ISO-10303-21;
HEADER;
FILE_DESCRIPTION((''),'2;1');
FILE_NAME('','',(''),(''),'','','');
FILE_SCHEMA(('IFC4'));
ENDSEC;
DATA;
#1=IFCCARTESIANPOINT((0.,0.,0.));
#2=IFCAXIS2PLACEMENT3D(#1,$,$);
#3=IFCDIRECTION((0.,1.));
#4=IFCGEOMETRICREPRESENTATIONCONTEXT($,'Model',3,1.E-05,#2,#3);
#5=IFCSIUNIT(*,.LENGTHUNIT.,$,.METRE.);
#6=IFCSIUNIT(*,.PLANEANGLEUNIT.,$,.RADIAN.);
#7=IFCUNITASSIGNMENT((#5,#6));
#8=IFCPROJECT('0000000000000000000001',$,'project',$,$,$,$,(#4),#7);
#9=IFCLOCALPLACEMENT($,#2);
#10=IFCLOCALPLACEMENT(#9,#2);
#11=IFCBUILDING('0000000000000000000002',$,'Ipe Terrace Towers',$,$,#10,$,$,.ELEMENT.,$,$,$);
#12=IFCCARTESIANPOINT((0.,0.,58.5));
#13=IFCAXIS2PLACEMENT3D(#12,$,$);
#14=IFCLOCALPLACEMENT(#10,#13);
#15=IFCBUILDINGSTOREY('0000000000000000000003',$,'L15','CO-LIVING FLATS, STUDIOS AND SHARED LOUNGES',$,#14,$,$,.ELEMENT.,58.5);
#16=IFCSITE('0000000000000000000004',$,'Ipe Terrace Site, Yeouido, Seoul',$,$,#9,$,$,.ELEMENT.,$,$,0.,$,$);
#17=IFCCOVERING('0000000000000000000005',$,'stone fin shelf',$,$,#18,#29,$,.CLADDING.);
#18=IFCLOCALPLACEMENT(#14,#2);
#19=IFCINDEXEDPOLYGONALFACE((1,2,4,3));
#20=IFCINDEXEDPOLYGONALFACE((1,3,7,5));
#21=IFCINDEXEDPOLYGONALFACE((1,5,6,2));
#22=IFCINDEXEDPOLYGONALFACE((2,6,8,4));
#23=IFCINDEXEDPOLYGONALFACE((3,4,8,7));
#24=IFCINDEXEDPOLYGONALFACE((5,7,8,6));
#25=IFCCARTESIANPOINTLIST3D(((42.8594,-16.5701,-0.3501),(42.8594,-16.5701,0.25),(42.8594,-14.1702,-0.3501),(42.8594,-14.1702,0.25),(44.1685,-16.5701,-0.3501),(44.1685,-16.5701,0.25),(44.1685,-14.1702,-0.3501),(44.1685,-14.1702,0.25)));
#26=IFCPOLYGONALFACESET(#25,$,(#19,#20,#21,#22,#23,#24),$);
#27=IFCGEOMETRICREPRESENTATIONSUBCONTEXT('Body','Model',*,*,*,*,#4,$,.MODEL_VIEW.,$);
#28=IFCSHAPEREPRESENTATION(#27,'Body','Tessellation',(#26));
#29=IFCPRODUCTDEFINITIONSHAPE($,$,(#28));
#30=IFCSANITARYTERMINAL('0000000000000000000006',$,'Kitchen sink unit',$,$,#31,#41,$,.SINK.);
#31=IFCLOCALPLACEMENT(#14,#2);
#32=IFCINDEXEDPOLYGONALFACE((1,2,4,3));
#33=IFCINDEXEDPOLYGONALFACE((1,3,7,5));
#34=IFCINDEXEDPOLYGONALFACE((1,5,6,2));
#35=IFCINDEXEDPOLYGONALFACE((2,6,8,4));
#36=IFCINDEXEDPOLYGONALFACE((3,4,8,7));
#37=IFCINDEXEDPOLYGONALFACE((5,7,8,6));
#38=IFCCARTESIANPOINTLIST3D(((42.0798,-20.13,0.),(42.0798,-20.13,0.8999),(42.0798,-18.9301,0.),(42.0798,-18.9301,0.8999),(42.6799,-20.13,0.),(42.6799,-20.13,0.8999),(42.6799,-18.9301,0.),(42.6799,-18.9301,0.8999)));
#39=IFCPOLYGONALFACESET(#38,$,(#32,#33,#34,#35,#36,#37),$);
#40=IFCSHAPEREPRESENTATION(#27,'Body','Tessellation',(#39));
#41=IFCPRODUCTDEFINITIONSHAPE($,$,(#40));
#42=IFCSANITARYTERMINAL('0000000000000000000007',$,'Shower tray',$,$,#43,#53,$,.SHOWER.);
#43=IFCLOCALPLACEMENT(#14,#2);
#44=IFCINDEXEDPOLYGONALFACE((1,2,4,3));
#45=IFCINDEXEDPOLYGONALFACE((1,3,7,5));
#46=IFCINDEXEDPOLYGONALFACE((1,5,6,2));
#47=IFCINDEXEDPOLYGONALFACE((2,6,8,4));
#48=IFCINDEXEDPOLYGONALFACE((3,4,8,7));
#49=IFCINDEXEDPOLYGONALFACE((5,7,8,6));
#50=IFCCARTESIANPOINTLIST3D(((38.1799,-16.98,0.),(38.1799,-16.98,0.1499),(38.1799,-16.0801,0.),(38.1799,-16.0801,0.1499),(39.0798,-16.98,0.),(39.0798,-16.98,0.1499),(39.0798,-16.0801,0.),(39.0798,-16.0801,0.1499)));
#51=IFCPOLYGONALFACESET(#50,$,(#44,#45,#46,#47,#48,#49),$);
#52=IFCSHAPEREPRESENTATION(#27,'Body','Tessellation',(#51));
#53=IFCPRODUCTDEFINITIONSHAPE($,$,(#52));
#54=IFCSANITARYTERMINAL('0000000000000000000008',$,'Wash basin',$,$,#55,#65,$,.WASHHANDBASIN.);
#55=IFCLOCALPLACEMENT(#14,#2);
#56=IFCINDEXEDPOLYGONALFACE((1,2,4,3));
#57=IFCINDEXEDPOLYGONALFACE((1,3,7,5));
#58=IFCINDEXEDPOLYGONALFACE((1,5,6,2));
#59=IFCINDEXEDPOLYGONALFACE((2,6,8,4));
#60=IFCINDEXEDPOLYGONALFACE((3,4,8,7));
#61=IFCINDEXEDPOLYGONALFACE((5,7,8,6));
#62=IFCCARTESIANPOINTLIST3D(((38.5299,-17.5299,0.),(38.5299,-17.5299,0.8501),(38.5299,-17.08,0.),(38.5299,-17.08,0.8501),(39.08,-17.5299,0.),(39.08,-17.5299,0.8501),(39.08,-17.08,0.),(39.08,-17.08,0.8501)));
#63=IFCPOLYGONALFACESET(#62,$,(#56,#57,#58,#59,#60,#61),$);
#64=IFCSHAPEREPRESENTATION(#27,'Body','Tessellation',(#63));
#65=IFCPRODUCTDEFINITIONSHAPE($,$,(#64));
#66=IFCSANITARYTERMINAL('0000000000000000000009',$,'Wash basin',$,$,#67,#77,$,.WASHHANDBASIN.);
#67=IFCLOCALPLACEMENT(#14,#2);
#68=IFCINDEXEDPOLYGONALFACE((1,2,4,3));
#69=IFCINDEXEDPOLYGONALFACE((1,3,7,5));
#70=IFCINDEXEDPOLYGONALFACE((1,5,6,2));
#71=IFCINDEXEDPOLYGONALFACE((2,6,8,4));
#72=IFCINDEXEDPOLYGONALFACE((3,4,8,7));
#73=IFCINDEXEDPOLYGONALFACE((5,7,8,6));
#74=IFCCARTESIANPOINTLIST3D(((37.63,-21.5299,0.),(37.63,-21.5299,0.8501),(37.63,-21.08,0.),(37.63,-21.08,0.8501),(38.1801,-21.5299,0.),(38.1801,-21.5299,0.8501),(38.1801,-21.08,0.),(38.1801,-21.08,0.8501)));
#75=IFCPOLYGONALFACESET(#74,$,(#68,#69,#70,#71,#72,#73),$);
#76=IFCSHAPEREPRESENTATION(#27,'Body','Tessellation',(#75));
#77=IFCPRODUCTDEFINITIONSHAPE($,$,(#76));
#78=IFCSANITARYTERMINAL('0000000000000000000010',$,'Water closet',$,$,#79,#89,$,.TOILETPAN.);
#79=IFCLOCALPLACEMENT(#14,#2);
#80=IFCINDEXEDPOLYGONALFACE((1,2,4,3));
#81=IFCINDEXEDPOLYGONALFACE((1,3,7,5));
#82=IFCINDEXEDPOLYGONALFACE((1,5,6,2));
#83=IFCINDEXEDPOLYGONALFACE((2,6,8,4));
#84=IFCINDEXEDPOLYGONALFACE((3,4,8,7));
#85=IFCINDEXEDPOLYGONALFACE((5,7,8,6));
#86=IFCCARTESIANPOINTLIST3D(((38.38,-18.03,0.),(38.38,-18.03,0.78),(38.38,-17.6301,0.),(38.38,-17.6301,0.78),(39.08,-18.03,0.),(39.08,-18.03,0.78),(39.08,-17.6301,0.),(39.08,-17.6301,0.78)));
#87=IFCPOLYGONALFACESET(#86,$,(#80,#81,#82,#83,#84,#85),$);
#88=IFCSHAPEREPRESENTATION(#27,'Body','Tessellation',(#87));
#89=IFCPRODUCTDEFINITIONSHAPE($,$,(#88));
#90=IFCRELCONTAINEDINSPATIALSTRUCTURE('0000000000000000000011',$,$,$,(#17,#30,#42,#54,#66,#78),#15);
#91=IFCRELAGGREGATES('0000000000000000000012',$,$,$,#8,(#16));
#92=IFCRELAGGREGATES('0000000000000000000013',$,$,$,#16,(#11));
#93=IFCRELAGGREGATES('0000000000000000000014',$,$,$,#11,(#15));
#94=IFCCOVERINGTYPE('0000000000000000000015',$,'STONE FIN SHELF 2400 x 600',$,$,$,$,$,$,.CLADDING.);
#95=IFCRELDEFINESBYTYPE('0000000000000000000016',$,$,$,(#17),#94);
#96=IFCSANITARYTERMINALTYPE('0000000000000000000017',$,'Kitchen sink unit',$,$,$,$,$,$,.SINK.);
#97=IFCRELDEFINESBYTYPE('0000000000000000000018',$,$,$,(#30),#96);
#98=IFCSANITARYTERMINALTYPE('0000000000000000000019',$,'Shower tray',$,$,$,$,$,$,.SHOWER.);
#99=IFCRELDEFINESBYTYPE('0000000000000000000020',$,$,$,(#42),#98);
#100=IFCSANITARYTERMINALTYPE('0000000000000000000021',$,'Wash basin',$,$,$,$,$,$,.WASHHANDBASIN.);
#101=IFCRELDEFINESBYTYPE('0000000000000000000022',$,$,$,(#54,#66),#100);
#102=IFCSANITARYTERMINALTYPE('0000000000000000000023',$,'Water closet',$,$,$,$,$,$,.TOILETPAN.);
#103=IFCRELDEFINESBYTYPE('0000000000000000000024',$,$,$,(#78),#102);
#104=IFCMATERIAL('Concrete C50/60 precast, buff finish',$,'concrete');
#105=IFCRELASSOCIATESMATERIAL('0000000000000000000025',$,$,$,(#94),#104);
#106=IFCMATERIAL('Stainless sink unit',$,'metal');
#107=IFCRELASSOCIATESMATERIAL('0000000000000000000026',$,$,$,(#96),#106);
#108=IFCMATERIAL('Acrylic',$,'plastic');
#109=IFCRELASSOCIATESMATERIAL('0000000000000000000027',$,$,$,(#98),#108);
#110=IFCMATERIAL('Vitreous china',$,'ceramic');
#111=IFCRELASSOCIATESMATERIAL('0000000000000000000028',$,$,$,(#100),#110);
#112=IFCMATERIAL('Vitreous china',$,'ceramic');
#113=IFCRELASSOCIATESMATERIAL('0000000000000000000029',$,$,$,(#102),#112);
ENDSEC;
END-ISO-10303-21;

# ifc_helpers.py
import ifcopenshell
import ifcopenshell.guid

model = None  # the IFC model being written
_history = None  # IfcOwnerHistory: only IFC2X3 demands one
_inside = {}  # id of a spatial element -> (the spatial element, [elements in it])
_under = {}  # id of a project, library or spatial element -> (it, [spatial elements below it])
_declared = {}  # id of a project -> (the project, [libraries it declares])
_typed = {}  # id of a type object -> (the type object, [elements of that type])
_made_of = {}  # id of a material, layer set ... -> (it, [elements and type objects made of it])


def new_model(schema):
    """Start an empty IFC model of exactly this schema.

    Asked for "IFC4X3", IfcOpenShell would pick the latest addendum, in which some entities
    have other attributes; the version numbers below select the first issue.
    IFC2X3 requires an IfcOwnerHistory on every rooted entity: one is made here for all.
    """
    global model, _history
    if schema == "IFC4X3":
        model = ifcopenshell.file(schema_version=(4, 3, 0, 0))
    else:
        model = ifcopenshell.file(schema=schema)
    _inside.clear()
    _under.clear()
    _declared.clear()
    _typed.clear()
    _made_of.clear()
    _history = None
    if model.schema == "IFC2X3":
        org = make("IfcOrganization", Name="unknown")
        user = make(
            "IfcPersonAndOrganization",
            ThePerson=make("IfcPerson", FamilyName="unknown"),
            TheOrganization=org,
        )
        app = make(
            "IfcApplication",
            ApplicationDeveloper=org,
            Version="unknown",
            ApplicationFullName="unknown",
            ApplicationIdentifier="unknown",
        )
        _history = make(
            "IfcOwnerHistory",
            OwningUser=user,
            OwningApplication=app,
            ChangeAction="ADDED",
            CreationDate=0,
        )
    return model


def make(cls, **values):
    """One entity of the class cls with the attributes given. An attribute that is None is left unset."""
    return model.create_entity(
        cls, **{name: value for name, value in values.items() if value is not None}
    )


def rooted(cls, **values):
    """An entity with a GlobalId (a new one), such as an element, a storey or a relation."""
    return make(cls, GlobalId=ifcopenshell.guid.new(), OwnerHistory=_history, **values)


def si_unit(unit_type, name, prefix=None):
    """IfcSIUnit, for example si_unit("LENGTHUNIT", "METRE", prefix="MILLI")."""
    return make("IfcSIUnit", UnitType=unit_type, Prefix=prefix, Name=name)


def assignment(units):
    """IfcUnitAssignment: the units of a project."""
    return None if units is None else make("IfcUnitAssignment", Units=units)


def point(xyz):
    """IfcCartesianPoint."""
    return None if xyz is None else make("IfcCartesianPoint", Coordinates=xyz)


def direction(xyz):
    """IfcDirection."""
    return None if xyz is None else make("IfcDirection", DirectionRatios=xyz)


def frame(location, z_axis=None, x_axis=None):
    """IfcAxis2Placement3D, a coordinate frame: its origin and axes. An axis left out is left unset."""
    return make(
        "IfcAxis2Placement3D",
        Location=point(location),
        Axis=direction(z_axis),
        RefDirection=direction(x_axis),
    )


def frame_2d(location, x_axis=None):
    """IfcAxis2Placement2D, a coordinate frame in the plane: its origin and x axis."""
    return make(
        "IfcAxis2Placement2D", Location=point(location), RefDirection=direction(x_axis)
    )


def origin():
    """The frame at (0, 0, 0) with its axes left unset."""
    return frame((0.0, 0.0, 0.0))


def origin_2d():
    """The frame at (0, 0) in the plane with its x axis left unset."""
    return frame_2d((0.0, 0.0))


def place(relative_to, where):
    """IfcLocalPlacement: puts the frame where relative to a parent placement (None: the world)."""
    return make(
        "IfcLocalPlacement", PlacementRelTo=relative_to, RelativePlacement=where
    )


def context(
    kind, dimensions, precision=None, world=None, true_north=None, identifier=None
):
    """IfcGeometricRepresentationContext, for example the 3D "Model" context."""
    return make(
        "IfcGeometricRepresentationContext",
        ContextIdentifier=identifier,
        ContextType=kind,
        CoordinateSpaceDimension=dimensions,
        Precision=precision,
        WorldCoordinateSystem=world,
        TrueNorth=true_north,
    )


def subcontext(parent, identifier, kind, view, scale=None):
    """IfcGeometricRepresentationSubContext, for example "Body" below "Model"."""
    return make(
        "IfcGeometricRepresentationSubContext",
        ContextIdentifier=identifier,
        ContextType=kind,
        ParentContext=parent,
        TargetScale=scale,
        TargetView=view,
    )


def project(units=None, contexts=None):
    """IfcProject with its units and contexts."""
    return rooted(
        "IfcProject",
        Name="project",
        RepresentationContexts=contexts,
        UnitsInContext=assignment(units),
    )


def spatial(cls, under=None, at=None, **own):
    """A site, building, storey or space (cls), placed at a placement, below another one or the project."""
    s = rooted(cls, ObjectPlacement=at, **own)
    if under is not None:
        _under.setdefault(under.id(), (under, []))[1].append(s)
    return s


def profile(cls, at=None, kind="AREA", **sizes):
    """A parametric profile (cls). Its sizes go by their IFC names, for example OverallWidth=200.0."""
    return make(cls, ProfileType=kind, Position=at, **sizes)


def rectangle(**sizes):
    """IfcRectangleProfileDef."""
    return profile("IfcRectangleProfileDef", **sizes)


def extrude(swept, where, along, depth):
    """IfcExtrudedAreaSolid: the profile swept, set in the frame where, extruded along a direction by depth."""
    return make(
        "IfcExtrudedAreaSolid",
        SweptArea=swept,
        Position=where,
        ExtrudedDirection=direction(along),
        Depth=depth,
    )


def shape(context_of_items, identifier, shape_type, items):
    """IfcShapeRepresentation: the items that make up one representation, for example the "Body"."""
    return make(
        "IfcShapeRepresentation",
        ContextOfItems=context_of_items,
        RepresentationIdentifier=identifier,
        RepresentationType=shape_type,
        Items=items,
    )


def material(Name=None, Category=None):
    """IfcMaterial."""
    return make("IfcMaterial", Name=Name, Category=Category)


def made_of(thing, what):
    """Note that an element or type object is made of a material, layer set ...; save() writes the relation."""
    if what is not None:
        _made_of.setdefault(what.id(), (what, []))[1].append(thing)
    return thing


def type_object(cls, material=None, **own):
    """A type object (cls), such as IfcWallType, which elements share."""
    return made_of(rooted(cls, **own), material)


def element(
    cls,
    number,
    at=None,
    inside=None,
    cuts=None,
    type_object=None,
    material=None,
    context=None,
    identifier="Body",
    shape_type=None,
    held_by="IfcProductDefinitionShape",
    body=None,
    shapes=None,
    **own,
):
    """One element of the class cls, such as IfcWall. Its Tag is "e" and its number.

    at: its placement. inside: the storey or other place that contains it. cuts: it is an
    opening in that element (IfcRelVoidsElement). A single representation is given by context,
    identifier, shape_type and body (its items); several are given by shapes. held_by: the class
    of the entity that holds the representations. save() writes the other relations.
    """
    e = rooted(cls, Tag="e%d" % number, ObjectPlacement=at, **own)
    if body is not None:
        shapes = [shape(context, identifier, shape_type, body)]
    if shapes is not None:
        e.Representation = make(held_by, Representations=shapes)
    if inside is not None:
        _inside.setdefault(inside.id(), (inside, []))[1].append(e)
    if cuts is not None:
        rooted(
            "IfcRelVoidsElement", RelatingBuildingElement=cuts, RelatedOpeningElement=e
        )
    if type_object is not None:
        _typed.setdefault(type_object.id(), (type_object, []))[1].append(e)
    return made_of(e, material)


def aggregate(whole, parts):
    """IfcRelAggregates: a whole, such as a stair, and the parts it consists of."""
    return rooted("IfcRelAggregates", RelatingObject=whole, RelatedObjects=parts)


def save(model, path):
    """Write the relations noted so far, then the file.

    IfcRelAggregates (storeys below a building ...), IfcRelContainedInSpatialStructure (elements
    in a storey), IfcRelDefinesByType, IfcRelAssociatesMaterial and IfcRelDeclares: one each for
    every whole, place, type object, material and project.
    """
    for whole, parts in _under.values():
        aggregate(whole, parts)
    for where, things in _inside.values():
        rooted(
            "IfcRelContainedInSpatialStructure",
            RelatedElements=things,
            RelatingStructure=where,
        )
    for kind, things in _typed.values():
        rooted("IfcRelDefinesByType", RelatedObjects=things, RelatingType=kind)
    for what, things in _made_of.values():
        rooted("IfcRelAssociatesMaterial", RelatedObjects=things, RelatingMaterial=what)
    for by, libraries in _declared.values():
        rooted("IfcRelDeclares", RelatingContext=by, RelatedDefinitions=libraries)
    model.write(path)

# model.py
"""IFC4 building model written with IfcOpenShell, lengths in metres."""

from ifc_helpers import new_model, si_unit, direction, frame, origin, origin_2d, place, context, subcontext, project, spatial, rectangle, extrude, material, type_object, element, save


model = new_model("IFC4")

# Units and contexts
model_context = context("Model", 3, precision=1e-05, world=origin(), true_north=direction((0.0, 1.0)))
body_context = subcontext(model_context, "Body", "Model", "MODEL_VIEW")
ifc_project = project(units=[si_unit("LENGTHUNIT", "METRE"), si_unit("PLANEANGLEUNIT", "RADIAN")], contexts=[model_context])

# Site, building, storey
site_placement = place(None, origin())
site = spatial("IfcSite", under=ifc_project, at=site_placement, Name="Ipe Terrace Site, Yeouido, Seoul", CompositionType="ELEMENT", RefElevation=0.0)
building_placement = place(site_placement, origin())
building = spatial("IfcBuilding", under=site, at=building_placement, Name="Ipe Terrace Towers", CompositionType="ELEMENT")
storey_placement = place(building_placement, frame((0.0, 0.0, 58.5)))
storey = spatial("IfcBuildingStorey", under=building, at=storey_placement, Name="L15", Description="CO-LIVING FLATS, STUDIOS AND SHARED LOUNGES", CompositionType="ELEMENT", Elevation=58.5)

# Covering
ifc_material_1 = material(Name="Concrete C50/60 precast, buff finish", Category="concrete")
covering_type_1 = type_object("IfcCoveringType", Name="STONE FIN SHELF 2400 x 600", PredefinedType="CLADDING", material=ifc_material_1)
covering_1_placement = place(storey_placement, frame((43.5139, -15.3701, -0.3501), z_axis=(0.0, 0.0, 1.0), x_axis=(0.0, 1.0, 0.0)))
element("IfcCovering", 1, at=covering_1_placement, inside=storey, type_object=covering_type_1, Name="stone fin shelf", PredefinedType="CLADDING", context=body_context, shape_type="SweptSolid", body=[
    extrude(rectangle(XDim=2.3999, YDim=1.3091, at=origin_2d()), origin(), (0.0, 0.0, 1.0), 0.6001),
])

# Sanitary terminals
ifc_material_2 = material(Name="Stainless sink unit", Category="metal")
sanitary_terminal_type_1 = type_object("IfcSanitaryTerminalType", Name="Kitchen sink unit", PredefinedType="SINK", material=ifc_material_2)
sanitary_terminal_1_placement = place(storey_placement, frame((42.3799, -19.53, 0.0), z_axis=(0.0, 0.0, 1.0), x_axis=(0.0, -1.0, 0.0)))
element("IfcSanitaryTerminal", 2, at=sanitary_terminal_1_placement, inside=storey, type_object=sanitary_terminal_type_1, Name="Kitchen sink unit", PredefinedType="SINK", context=body_context, shape_type="SweptSolid", body=[
    extrude(rectangle(XDim=1.2, YDim=0.6001, at=origin_2d()), origin(), (0.0, 0.0, 1.0), 0.8999),
])
ifc_material_3 = material(Name="Acrylic", Category="plastic")
sanitary_terminal_type_2 = type_object("IfcSanitaryTerminalType", Name="Shower tray", PredefinedType="SHOWER", material=ifc_material_3)
sanitary_terminal_2_placement = place(storey_placement, frame((38.6299, -16.53, 0.0), z_axis=(0.0, 0.0, 1.0), x_axis=(-1.0, 0.0, 0.0)))
element("IfcSanitaryTerminal", 3, at=sanitary_terminal_2_placement, inside=storey, type_object=sanitary_terminal_type_2, Name="Shower tray", PredefinedType="SHOWER", context=body_context, shape_type="SweptSolid", body=[
    extrude(rectangle(XDim=0.8999, YDim=0.8999, at=origin_2d()), origin(), (0.0, 0.0, 1.0), 0.1499),
])
ifc_material_4 = material(Name="Vitreous china", Category="ceramic")
sanitary_terminal_type_3 = type_object("IfcSanitaryTerminalType", Name="Wash basin", PredefinedType="WASHHANDBASIN", material=ifc_material_4)
for number, where, z_axis, x_axis, name in (
    (4, (38.8049, -17.3049, 0.0), (0.0, 0.0, 1.0), (-1.0, 0.0, 0.0), "Wash basin"),
    (5, (37.905, -21.3049, 0.0), (0.0, 0.0, 1.0), (-1.0, 0.0, 0.0), "Wash basin"),
):
    element("IfcSanitaryTerminal", number, at=place(storey_placement, frame(where, z_axis=z_axis, x_axis=x_axis)), inside=storey, type_object=sanitary_terminal_type_3, Name=name, PredefinedType="WASHHANDBASIN", context=body_context, shape_type="SweptSolid", body=[
        extrude(rectangle(XDim=0.55, YDim=0.45, at=origin_2d()), origin(), (0.0, 0.0, 1.0), 0.8501),
    ])
ifc_material_5 = material(Name="Vitreous china", Category="ceramic")
sanitary_terminal_type_4 = type_object("IfcSanitaryTerminalType", Name="Water closet", PredefinedType="TOILETPAN", material=ifc_material_5)
sanitary_terminal_3_placement = place(storey_placement, frame((38.73, -17.8301, 0.0), z_axis=(0.0, 0.0, 1.0), x_axis=(-1.0, 0.0, 0.0)))
element("IfcSanitaryTerminal", 6, at=sanitary_terminal_3_placement, inside=storey, type_object=sanitary_terminal_type_4, Name="Water closet", PredefinedType="TOILETPAN", context=body_context, shape_type="SweptSolid", body=[
    extrude(rectangle(XDim=0.7, YDim=0.3999, at=origin_2d()), origin(), (0.0, 0.0, 1.0), 0.78),
])

save(model, "model.ifc")
